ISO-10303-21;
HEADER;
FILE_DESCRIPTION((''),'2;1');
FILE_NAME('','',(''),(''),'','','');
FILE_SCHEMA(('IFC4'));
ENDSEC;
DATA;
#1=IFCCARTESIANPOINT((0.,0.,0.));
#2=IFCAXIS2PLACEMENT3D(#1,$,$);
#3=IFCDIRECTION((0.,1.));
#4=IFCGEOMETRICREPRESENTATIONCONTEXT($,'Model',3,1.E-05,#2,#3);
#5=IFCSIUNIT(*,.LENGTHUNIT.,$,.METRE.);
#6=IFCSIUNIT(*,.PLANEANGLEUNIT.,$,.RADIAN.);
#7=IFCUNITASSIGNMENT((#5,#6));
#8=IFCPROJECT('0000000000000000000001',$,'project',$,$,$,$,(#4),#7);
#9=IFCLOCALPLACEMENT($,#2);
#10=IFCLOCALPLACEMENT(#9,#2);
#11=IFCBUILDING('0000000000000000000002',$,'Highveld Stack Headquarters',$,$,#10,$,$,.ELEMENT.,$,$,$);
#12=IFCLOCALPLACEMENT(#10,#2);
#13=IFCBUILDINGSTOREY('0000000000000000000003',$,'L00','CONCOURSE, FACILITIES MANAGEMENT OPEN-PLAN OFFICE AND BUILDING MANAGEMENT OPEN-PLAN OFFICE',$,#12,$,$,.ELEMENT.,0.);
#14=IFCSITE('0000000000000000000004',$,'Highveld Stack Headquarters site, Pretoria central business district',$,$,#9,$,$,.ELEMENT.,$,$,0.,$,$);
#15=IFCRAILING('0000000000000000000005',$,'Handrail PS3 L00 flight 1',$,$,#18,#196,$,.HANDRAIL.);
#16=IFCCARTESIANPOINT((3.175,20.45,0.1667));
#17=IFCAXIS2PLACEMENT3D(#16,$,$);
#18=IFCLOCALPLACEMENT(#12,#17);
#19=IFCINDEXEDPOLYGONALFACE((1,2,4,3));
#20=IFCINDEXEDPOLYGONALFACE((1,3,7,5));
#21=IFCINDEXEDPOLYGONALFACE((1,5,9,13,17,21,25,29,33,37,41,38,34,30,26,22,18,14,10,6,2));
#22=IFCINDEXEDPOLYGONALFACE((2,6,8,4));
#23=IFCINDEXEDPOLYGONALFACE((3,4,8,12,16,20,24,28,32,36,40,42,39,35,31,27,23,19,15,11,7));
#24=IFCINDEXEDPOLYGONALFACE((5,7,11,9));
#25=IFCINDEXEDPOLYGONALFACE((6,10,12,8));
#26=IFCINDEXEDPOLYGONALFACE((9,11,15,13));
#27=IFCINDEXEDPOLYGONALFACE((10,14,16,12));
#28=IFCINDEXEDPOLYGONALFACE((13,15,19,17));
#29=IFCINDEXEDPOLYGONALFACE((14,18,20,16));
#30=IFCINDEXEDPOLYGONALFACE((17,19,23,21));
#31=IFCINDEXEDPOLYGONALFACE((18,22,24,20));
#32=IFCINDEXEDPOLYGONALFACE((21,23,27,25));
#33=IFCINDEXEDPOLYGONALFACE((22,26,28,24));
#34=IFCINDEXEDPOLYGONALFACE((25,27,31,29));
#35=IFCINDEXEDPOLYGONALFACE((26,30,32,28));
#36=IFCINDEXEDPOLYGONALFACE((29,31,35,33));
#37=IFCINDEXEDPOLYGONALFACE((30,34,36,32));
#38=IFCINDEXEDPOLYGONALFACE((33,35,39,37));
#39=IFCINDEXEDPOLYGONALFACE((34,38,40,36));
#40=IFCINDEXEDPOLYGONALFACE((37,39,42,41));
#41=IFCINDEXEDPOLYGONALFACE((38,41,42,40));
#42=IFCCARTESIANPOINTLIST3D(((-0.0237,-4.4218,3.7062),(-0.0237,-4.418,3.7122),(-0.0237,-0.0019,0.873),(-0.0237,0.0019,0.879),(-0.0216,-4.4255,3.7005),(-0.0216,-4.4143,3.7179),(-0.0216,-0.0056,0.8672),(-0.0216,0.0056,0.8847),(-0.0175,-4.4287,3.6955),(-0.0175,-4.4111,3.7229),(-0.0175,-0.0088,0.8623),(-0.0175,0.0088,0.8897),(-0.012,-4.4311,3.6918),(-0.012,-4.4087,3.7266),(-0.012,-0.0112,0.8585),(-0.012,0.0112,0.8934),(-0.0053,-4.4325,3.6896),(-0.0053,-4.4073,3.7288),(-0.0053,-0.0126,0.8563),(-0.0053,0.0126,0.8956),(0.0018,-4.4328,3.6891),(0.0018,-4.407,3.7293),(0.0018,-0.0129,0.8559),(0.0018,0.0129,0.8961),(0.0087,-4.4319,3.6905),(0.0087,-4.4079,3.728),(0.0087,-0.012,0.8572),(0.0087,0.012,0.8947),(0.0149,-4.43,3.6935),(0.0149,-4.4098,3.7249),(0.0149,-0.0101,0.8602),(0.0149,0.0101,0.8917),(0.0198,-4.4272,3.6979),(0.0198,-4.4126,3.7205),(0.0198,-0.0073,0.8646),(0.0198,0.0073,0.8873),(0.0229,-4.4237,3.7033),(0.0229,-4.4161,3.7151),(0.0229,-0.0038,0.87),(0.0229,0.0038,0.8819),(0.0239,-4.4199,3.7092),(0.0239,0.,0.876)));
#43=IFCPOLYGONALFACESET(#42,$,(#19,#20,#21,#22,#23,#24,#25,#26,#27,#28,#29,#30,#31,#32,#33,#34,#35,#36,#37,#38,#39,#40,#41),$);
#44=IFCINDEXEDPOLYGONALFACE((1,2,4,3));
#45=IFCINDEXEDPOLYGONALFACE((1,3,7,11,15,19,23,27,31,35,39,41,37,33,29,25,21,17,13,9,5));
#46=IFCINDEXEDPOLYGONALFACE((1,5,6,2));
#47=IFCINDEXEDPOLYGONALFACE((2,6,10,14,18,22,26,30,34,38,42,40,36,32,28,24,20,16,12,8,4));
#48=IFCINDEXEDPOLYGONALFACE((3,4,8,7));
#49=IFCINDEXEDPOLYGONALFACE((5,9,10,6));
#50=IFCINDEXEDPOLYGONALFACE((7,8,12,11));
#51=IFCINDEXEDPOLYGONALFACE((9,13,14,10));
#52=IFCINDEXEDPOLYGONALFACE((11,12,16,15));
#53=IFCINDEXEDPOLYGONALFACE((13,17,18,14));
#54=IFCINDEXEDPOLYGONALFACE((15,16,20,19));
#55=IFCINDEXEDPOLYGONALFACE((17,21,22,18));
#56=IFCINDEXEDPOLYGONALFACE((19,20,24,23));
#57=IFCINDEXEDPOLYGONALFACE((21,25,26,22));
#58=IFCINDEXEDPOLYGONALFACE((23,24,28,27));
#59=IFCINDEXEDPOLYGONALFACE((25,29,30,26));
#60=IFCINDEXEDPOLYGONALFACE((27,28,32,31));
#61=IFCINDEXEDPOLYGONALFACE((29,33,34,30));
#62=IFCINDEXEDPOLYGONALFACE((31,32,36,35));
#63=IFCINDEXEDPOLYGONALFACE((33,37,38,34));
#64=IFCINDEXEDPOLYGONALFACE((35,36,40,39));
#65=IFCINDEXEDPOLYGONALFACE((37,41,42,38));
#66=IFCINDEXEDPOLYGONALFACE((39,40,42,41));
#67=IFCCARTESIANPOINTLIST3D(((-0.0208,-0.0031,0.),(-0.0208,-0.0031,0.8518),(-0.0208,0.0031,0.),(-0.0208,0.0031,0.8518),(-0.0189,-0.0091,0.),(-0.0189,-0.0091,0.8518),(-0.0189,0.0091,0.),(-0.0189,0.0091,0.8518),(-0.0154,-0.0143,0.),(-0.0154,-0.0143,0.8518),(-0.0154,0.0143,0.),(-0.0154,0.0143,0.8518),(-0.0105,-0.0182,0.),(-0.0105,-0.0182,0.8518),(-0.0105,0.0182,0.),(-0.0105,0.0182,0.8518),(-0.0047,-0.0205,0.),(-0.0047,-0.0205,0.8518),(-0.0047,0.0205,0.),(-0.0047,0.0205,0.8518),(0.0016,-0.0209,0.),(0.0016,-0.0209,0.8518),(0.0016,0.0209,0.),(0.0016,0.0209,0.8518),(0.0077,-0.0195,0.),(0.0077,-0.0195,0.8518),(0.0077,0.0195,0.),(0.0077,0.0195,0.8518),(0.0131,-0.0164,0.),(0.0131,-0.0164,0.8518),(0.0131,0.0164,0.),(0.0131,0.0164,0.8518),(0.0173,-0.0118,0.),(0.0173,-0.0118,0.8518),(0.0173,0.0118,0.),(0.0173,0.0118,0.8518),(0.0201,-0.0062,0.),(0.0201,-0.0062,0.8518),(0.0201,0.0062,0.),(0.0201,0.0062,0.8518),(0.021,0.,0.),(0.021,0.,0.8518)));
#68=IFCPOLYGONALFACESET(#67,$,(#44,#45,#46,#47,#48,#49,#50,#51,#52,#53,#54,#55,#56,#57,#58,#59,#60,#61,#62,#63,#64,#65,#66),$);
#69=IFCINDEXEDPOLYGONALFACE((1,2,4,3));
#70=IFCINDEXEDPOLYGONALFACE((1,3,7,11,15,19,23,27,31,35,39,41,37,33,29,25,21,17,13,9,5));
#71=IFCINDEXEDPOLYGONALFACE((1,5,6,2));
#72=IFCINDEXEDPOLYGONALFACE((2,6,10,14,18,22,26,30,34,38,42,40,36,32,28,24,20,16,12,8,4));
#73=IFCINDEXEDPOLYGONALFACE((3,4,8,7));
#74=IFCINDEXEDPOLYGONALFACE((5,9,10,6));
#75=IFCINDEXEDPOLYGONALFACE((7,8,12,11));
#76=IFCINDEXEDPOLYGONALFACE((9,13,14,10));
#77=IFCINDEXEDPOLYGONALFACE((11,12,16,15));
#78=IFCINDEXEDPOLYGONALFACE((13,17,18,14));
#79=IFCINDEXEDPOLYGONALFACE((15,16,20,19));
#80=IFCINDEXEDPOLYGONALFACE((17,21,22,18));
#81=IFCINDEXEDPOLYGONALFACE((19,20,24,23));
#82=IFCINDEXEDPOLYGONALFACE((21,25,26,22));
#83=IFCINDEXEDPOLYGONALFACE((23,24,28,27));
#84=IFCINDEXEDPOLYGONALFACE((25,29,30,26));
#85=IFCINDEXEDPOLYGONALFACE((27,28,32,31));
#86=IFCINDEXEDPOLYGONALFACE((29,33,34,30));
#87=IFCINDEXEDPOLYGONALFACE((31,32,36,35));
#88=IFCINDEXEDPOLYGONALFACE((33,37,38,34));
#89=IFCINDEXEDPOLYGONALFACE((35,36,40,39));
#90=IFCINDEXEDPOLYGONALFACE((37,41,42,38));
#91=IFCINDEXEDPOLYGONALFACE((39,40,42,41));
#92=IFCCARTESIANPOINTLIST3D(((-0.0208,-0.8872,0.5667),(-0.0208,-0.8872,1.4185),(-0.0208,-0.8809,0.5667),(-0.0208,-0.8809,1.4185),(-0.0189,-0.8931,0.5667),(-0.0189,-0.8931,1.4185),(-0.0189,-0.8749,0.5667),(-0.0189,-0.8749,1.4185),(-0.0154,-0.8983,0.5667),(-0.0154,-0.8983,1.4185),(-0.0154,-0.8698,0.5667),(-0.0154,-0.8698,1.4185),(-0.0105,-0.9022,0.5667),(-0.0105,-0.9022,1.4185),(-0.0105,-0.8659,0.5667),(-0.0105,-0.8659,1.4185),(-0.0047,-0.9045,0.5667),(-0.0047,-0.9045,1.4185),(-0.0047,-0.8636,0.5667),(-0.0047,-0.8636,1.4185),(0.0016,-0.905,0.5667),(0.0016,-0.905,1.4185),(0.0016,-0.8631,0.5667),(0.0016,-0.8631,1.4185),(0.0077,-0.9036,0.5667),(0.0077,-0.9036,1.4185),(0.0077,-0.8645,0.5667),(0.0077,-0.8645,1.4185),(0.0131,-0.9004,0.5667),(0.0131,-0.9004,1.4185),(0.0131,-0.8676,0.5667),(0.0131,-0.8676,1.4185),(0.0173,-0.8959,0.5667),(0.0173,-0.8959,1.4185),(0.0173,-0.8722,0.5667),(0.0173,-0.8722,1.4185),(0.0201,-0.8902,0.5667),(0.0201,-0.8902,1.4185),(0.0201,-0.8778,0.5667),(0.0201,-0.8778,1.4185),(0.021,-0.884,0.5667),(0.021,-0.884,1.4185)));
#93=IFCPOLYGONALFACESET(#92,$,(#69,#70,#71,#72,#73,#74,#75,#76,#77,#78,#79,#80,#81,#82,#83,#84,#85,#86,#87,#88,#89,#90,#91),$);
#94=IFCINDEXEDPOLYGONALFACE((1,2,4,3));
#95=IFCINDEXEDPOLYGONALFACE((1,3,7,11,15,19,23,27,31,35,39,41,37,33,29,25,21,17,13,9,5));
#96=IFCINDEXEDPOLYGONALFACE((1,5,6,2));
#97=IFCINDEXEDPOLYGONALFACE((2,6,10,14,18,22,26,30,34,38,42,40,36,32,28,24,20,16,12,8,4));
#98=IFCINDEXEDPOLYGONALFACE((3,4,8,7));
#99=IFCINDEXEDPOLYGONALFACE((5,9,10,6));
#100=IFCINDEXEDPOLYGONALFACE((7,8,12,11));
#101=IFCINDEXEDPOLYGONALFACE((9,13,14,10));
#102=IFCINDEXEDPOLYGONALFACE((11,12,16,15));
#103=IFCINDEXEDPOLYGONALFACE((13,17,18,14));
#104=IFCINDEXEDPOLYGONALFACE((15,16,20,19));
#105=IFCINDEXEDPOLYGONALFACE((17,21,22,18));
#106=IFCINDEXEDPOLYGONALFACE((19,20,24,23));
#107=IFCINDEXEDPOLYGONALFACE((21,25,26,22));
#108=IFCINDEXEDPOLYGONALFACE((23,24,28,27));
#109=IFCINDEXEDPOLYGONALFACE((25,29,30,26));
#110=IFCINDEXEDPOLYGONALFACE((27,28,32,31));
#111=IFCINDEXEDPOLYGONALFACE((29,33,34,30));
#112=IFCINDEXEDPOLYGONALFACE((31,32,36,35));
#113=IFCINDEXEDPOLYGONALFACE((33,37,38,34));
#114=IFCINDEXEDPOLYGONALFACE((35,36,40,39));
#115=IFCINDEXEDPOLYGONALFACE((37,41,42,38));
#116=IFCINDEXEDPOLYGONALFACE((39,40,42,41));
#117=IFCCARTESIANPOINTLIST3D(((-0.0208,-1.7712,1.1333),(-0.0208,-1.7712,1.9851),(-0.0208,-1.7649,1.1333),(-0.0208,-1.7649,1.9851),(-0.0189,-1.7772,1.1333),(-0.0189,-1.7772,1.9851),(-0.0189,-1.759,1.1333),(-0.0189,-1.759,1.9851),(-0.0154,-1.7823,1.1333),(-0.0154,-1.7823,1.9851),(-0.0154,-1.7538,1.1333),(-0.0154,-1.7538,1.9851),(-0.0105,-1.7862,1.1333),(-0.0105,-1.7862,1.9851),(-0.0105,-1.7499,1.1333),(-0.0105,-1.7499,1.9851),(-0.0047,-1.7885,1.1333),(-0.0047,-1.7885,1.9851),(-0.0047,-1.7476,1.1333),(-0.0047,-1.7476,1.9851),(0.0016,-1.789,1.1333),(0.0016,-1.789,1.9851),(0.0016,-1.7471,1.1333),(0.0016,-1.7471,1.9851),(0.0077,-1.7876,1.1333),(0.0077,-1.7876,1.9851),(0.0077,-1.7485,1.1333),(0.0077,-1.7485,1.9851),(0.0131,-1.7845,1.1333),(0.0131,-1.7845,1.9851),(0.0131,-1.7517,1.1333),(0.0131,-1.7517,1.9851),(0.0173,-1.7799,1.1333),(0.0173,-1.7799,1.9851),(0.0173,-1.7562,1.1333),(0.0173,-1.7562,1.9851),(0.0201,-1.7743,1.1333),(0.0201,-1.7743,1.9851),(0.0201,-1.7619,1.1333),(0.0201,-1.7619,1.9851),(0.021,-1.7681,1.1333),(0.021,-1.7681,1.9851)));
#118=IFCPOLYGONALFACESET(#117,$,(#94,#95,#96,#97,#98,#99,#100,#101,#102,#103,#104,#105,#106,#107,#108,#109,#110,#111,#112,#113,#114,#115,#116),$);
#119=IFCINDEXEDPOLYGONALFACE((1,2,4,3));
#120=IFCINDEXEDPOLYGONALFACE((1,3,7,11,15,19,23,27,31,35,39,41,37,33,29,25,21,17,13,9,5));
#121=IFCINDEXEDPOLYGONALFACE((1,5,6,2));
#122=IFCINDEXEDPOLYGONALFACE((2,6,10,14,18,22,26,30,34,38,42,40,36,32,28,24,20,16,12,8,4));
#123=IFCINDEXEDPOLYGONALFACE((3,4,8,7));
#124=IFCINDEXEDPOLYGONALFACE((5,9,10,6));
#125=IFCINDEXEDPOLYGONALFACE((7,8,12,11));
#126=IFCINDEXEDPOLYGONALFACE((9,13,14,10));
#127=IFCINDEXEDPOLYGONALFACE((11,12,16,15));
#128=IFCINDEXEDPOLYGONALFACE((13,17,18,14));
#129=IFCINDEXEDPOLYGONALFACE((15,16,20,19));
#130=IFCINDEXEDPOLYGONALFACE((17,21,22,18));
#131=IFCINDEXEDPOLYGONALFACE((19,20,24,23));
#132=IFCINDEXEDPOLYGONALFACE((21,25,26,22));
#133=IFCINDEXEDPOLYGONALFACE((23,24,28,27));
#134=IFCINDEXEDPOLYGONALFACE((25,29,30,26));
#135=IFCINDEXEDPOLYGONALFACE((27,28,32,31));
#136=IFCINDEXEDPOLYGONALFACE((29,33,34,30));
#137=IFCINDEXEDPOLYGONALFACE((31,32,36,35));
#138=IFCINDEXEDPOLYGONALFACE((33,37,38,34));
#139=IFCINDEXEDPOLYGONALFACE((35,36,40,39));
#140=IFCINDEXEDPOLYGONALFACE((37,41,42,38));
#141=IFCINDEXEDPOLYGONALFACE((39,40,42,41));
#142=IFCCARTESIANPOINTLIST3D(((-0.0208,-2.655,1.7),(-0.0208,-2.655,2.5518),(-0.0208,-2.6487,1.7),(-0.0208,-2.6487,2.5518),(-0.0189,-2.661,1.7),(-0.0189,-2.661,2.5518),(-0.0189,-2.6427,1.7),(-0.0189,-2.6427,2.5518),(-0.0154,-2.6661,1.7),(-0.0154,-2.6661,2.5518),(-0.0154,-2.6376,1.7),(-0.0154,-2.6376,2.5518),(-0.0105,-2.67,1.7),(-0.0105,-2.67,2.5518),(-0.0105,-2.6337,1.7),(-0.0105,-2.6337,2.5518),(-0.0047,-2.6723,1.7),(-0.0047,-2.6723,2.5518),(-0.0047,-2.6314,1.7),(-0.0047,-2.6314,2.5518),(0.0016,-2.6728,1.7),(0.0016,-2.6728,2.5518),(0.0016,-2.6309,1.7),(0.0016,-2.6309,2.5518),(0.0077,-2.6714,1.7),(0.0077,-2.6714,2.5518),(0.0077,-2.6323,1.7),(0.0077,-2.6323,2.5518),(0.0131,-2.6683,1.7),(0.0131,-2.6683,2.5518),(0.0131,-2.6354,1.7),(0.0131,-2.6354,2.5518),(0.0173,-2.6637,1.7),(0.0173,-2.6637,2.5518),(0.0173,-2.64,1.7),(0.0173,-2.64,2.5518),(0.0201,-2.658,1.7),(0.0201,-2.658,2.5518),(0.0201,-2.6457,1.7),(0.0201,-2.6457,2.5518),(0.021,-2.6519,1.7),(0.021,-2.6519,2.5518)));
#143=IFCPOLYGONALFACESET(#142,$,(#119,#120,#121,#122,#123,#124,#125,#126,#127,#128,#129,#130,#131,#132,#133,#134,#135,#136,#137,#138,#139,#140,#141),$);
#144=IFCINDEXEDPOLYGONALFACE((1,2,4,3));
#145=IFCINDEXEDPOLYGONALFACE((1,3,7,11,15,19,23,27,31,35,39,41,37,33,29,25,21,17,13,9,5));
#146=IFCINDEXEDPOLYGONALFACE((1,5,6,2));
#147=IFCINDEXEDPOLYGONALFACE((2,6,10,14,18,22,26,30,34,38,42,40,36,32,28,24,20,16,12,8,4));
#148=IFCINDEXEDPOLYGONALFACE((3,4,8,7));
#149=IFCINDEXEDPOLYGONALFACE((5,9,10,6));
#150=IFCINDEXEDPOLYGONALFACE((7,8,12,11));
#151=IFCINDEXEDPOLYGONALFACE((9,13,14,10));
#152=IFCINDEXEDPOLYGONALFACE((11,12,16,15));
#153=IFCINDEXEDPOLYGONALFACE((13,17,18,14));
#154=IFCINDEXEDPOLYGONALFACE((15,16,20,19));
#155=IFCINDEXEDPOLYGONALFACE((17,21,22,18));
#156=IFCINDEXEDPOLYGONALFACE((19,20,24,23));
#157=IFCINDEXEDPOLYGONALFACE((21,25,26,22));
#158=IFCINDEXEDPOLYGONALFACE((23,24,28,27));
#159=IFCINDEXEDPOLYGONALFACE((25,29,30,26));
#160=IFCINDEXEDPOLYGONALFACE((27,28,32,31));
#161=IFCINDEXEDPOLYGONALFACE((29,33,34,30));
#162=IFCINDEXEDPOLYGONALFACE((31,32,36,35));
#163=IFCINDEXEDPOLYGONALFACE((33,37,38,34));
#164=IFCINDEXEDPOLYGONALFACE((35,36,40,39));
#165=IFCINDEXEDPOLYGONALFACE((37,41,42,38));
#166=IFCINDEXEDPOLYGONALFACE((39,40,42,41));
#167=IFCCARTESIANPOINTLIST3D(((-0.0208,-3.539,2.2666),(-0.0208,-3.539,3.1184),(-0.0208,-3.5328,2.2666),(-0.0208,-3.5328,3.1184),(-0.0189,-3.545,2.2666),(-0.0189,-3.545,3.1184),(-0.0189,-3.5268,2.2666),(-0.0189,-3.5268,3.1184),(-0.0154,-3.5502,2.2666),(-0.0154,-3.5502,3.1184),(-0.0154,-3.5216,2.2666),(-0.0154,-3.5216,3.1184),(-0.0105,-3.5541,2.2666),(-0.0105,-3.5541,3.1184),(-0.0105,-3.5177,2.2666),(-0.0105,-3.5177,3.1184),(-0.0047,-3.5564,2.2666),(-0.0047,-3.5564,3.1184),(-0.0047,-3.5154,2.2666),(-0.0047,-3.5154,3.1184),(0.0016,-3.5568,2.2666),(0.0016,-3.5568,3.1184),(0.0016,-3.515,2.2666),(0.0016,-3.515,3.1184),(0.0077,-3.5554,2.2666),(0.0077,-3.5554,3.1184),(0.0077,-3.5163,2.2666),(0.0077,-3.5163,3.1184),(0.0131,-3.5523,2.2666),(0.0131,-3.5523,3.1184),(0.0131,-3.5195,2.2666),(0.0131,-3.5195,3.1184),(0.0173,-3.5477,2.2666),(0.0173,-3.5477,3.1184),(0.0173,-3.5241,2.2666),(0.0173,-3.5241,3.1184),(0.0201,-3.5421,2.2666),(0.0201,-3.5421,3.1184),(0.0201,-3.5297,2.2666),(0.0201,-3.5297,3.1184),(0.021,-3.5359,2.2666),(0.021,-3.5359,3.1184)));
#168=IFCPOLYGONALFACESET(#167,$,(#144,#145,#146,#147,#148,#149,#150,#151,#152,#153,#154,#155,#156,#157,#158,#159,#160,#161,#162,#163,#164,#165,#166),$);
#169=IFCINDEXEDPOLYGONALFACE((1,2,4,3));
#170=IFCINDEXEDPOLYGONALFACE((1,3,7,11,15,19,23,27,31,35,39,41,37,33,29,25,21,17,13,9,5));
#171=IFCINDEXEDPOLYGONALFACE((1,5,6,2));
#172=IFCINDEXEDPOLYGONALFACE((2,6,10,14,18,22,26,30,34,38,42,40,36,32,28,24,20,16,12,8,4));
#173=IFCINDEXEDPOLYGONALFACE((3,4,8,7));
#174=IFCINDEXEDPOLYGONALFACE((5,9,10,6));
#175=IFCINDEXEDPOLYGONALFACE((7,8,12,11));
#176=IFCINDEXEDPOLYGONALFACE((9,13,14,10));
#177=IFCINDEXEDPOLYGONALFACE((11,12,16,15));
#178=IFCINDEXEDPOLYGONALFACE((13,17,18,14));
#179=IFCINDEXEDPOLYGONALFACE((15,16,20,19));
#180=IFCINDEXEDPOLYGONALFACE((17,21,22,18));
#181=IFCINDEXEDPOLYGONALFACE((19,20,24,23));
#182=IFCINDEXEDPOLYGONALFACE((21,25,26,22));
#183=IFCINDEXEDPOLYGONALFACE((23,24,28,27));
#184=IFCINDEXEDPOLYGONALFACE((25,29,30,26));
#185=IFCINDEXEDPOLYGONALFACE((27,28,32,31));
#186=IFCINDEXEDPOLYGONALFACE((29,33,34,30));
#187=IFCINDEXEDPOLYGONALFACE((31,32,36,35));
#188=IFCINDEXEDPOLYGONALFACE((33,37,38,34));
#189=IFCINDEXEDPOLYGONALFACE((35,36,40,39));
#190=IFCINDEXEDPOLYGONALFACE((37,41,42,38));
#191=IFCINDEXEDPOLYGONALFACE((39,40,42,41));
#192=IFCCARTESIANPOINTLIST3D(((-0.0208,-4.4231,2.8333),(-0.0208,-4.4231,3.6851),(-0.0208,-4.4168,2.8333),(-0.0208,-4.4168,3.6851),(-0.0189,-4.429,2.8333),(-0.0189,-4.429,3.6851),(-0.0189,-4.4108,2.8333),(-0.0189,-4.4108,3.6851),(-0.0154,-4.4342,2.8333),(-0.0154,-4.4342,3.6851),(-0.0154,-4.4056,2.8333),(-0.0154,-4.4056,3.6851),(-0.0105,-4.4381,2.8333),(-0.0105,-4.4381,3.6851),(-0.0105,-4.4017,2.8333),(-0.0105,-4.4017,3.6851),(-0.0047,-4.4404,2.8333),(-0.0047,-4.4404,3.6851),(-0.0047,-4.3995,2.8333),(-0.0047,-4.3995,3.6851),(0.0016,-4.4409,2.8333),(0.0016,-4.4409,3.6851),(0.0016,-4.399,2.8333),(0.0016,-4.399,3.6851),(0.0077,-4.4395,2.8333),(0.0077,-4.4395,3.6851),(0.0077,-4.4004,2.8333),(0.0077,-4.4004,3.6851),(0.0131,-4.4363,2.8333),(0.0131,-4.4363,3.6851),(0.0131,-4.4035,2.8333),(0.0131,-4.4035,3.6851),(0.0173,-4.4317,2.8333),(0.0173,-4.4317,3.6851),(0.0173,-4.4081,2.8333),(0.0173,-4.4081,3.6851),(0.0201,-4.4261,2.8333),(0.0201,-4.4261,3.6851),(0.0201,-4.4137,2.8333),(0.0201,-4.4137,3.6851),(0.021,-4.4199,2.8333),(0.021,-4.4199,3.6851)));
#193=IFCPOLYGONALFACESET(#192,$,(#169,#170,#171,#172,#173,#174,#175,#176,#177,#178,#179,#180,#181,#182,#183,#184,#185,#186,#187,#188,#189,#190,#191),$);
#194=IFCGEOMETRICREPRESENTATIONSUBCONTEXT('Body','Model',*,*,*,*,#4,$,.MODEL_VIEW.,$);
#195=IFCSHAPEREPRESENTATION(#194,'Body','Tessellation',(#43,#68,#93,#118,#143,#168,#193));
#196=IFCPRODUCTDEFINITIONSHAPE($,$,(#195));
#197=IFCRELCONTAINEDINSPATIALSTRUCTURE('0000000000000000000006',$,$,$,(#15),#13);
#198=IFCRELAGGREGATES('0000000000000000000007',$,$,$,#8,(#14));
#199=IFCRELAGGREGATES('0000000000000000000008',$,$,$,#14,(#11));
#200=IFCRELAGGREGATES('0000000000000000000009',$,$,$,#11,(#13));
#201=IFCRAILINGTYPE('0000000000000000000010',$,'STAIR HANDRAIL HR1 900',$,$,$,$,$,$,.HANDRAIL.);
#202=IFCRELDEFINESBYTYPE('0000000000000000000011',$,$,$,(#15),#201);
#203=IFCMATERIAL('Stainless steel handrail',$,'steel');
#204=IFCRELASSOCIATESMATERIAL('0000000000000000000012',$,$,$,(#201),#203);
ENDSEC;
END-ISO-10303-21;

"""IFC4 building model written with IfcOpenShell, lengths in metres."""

from ifc_helpers import new_model, si_unit, direction, frame, origin, origin_2d, place, context, subcontext, project, spatial, circle, extrude, material, type_object, element, save


model = new_model("IFC4")

# Units and contexts
model_context = context("Model", 3, precision=1e-05, world=origin(), true_north=direction((0.0, 1.0)))
body_context = subcontext(model_context, "Body", "Model", "MODEL_VIEW")
ifc_project = project(units=[si_unit("LENGTHUNIT", "METRE"), si_unit("PLANEANGLEUNIT", "RADIAN")], contexts=[model_context])

# Site, building, storey
site_placement = place(None, origin())
site = spatial("IfcSite", under=ifc_project, at=site_placement, Name="Highveld Stack Headquarters site, Pretoria central business district", CompositionType="ELEMENT", RefElevation=0.0)
building_placement = place(site_placement, origin())
building = spatial("IfcBuilding", under=site, at=building_placement, Name="Highveld Stack Headquarters", CompositionType="ELEMENT")
storey_placement = place(building_placement, origin())
storey = spatial("IfcBuildingStorey", under=building, at=storey_placement, Name="L00", Description="CONCOURSE, FACILITIES MANAGEMENT OPEN-PLAN OFFICE AND BUILDING MANAGEMENT OPEN-PLAN OFFICE", CompositionType="ELEMENT", Elevation=0.0)

# Railing
ifc_material_1 = material(Name="Stainless steel handrail", Category="steel")
railing_type = type_object("IfcRailingType", Name="STAIR HANDRAIL HR1 900", PredefinedType="HANDRAIL", material=ifc_material_1)
for number, where, name in (
    (1, (3.175, 20.45, 0.1667), "Handrail PS3 L00 flight 1"),
):
    element("IfcRailing", number, at=place(storey_placement, frame(where)), inside=storey, type_object=railing_type, Name=name, PredefinedType="HANDRAIL", context=body_context, shape_type="SweptSolid", body=[
        extrude(circle(Radius=0.0239, at=origin_2d()), frame((0.0, 0.0, 0.876), z_axis=(0.0, -0.841882, 0.539662), x_axis=(1.0, 0.0, 0.0)), (0.0, 0.0, 1.0), 5.25),
        extrude(circle(Radius=0.021, at=origin_2d()), origin(), (0.0, 0.0, 1.0), 0.8518),
        extrude(circle(Radius=0.021, at=origin_2d()), frame((0.0, -0.884, 0.5667)), (0.0, 0.0, 1.0), 0.8518),
        extrude(circle(Radius=0.021, at=origin_2d()), frame((0.0, -1.7681, 1.1333)), (0.0, 0.0, 1.0), 0.8518),
        extrude(circle(Radius=0.021, at=origin_2d()), frame((0.0, -2.6519, 1.7)), (0.0, 0.0, 1.0), 0.8518),
        extrude(circle(Radius=0.021, at=origin_2d()), frame((0.0, -3.5359, 2.2666)), (0.0, 0.0, 1.0), 0.8518),
        extrude(circle(Radius=0.021, at=origin_2d()), frame((0.0, -4.4199, 2.8333)), (0.0, 0.0, 1.0), 0.8518),
    ])

save(model, "model.ifc")
